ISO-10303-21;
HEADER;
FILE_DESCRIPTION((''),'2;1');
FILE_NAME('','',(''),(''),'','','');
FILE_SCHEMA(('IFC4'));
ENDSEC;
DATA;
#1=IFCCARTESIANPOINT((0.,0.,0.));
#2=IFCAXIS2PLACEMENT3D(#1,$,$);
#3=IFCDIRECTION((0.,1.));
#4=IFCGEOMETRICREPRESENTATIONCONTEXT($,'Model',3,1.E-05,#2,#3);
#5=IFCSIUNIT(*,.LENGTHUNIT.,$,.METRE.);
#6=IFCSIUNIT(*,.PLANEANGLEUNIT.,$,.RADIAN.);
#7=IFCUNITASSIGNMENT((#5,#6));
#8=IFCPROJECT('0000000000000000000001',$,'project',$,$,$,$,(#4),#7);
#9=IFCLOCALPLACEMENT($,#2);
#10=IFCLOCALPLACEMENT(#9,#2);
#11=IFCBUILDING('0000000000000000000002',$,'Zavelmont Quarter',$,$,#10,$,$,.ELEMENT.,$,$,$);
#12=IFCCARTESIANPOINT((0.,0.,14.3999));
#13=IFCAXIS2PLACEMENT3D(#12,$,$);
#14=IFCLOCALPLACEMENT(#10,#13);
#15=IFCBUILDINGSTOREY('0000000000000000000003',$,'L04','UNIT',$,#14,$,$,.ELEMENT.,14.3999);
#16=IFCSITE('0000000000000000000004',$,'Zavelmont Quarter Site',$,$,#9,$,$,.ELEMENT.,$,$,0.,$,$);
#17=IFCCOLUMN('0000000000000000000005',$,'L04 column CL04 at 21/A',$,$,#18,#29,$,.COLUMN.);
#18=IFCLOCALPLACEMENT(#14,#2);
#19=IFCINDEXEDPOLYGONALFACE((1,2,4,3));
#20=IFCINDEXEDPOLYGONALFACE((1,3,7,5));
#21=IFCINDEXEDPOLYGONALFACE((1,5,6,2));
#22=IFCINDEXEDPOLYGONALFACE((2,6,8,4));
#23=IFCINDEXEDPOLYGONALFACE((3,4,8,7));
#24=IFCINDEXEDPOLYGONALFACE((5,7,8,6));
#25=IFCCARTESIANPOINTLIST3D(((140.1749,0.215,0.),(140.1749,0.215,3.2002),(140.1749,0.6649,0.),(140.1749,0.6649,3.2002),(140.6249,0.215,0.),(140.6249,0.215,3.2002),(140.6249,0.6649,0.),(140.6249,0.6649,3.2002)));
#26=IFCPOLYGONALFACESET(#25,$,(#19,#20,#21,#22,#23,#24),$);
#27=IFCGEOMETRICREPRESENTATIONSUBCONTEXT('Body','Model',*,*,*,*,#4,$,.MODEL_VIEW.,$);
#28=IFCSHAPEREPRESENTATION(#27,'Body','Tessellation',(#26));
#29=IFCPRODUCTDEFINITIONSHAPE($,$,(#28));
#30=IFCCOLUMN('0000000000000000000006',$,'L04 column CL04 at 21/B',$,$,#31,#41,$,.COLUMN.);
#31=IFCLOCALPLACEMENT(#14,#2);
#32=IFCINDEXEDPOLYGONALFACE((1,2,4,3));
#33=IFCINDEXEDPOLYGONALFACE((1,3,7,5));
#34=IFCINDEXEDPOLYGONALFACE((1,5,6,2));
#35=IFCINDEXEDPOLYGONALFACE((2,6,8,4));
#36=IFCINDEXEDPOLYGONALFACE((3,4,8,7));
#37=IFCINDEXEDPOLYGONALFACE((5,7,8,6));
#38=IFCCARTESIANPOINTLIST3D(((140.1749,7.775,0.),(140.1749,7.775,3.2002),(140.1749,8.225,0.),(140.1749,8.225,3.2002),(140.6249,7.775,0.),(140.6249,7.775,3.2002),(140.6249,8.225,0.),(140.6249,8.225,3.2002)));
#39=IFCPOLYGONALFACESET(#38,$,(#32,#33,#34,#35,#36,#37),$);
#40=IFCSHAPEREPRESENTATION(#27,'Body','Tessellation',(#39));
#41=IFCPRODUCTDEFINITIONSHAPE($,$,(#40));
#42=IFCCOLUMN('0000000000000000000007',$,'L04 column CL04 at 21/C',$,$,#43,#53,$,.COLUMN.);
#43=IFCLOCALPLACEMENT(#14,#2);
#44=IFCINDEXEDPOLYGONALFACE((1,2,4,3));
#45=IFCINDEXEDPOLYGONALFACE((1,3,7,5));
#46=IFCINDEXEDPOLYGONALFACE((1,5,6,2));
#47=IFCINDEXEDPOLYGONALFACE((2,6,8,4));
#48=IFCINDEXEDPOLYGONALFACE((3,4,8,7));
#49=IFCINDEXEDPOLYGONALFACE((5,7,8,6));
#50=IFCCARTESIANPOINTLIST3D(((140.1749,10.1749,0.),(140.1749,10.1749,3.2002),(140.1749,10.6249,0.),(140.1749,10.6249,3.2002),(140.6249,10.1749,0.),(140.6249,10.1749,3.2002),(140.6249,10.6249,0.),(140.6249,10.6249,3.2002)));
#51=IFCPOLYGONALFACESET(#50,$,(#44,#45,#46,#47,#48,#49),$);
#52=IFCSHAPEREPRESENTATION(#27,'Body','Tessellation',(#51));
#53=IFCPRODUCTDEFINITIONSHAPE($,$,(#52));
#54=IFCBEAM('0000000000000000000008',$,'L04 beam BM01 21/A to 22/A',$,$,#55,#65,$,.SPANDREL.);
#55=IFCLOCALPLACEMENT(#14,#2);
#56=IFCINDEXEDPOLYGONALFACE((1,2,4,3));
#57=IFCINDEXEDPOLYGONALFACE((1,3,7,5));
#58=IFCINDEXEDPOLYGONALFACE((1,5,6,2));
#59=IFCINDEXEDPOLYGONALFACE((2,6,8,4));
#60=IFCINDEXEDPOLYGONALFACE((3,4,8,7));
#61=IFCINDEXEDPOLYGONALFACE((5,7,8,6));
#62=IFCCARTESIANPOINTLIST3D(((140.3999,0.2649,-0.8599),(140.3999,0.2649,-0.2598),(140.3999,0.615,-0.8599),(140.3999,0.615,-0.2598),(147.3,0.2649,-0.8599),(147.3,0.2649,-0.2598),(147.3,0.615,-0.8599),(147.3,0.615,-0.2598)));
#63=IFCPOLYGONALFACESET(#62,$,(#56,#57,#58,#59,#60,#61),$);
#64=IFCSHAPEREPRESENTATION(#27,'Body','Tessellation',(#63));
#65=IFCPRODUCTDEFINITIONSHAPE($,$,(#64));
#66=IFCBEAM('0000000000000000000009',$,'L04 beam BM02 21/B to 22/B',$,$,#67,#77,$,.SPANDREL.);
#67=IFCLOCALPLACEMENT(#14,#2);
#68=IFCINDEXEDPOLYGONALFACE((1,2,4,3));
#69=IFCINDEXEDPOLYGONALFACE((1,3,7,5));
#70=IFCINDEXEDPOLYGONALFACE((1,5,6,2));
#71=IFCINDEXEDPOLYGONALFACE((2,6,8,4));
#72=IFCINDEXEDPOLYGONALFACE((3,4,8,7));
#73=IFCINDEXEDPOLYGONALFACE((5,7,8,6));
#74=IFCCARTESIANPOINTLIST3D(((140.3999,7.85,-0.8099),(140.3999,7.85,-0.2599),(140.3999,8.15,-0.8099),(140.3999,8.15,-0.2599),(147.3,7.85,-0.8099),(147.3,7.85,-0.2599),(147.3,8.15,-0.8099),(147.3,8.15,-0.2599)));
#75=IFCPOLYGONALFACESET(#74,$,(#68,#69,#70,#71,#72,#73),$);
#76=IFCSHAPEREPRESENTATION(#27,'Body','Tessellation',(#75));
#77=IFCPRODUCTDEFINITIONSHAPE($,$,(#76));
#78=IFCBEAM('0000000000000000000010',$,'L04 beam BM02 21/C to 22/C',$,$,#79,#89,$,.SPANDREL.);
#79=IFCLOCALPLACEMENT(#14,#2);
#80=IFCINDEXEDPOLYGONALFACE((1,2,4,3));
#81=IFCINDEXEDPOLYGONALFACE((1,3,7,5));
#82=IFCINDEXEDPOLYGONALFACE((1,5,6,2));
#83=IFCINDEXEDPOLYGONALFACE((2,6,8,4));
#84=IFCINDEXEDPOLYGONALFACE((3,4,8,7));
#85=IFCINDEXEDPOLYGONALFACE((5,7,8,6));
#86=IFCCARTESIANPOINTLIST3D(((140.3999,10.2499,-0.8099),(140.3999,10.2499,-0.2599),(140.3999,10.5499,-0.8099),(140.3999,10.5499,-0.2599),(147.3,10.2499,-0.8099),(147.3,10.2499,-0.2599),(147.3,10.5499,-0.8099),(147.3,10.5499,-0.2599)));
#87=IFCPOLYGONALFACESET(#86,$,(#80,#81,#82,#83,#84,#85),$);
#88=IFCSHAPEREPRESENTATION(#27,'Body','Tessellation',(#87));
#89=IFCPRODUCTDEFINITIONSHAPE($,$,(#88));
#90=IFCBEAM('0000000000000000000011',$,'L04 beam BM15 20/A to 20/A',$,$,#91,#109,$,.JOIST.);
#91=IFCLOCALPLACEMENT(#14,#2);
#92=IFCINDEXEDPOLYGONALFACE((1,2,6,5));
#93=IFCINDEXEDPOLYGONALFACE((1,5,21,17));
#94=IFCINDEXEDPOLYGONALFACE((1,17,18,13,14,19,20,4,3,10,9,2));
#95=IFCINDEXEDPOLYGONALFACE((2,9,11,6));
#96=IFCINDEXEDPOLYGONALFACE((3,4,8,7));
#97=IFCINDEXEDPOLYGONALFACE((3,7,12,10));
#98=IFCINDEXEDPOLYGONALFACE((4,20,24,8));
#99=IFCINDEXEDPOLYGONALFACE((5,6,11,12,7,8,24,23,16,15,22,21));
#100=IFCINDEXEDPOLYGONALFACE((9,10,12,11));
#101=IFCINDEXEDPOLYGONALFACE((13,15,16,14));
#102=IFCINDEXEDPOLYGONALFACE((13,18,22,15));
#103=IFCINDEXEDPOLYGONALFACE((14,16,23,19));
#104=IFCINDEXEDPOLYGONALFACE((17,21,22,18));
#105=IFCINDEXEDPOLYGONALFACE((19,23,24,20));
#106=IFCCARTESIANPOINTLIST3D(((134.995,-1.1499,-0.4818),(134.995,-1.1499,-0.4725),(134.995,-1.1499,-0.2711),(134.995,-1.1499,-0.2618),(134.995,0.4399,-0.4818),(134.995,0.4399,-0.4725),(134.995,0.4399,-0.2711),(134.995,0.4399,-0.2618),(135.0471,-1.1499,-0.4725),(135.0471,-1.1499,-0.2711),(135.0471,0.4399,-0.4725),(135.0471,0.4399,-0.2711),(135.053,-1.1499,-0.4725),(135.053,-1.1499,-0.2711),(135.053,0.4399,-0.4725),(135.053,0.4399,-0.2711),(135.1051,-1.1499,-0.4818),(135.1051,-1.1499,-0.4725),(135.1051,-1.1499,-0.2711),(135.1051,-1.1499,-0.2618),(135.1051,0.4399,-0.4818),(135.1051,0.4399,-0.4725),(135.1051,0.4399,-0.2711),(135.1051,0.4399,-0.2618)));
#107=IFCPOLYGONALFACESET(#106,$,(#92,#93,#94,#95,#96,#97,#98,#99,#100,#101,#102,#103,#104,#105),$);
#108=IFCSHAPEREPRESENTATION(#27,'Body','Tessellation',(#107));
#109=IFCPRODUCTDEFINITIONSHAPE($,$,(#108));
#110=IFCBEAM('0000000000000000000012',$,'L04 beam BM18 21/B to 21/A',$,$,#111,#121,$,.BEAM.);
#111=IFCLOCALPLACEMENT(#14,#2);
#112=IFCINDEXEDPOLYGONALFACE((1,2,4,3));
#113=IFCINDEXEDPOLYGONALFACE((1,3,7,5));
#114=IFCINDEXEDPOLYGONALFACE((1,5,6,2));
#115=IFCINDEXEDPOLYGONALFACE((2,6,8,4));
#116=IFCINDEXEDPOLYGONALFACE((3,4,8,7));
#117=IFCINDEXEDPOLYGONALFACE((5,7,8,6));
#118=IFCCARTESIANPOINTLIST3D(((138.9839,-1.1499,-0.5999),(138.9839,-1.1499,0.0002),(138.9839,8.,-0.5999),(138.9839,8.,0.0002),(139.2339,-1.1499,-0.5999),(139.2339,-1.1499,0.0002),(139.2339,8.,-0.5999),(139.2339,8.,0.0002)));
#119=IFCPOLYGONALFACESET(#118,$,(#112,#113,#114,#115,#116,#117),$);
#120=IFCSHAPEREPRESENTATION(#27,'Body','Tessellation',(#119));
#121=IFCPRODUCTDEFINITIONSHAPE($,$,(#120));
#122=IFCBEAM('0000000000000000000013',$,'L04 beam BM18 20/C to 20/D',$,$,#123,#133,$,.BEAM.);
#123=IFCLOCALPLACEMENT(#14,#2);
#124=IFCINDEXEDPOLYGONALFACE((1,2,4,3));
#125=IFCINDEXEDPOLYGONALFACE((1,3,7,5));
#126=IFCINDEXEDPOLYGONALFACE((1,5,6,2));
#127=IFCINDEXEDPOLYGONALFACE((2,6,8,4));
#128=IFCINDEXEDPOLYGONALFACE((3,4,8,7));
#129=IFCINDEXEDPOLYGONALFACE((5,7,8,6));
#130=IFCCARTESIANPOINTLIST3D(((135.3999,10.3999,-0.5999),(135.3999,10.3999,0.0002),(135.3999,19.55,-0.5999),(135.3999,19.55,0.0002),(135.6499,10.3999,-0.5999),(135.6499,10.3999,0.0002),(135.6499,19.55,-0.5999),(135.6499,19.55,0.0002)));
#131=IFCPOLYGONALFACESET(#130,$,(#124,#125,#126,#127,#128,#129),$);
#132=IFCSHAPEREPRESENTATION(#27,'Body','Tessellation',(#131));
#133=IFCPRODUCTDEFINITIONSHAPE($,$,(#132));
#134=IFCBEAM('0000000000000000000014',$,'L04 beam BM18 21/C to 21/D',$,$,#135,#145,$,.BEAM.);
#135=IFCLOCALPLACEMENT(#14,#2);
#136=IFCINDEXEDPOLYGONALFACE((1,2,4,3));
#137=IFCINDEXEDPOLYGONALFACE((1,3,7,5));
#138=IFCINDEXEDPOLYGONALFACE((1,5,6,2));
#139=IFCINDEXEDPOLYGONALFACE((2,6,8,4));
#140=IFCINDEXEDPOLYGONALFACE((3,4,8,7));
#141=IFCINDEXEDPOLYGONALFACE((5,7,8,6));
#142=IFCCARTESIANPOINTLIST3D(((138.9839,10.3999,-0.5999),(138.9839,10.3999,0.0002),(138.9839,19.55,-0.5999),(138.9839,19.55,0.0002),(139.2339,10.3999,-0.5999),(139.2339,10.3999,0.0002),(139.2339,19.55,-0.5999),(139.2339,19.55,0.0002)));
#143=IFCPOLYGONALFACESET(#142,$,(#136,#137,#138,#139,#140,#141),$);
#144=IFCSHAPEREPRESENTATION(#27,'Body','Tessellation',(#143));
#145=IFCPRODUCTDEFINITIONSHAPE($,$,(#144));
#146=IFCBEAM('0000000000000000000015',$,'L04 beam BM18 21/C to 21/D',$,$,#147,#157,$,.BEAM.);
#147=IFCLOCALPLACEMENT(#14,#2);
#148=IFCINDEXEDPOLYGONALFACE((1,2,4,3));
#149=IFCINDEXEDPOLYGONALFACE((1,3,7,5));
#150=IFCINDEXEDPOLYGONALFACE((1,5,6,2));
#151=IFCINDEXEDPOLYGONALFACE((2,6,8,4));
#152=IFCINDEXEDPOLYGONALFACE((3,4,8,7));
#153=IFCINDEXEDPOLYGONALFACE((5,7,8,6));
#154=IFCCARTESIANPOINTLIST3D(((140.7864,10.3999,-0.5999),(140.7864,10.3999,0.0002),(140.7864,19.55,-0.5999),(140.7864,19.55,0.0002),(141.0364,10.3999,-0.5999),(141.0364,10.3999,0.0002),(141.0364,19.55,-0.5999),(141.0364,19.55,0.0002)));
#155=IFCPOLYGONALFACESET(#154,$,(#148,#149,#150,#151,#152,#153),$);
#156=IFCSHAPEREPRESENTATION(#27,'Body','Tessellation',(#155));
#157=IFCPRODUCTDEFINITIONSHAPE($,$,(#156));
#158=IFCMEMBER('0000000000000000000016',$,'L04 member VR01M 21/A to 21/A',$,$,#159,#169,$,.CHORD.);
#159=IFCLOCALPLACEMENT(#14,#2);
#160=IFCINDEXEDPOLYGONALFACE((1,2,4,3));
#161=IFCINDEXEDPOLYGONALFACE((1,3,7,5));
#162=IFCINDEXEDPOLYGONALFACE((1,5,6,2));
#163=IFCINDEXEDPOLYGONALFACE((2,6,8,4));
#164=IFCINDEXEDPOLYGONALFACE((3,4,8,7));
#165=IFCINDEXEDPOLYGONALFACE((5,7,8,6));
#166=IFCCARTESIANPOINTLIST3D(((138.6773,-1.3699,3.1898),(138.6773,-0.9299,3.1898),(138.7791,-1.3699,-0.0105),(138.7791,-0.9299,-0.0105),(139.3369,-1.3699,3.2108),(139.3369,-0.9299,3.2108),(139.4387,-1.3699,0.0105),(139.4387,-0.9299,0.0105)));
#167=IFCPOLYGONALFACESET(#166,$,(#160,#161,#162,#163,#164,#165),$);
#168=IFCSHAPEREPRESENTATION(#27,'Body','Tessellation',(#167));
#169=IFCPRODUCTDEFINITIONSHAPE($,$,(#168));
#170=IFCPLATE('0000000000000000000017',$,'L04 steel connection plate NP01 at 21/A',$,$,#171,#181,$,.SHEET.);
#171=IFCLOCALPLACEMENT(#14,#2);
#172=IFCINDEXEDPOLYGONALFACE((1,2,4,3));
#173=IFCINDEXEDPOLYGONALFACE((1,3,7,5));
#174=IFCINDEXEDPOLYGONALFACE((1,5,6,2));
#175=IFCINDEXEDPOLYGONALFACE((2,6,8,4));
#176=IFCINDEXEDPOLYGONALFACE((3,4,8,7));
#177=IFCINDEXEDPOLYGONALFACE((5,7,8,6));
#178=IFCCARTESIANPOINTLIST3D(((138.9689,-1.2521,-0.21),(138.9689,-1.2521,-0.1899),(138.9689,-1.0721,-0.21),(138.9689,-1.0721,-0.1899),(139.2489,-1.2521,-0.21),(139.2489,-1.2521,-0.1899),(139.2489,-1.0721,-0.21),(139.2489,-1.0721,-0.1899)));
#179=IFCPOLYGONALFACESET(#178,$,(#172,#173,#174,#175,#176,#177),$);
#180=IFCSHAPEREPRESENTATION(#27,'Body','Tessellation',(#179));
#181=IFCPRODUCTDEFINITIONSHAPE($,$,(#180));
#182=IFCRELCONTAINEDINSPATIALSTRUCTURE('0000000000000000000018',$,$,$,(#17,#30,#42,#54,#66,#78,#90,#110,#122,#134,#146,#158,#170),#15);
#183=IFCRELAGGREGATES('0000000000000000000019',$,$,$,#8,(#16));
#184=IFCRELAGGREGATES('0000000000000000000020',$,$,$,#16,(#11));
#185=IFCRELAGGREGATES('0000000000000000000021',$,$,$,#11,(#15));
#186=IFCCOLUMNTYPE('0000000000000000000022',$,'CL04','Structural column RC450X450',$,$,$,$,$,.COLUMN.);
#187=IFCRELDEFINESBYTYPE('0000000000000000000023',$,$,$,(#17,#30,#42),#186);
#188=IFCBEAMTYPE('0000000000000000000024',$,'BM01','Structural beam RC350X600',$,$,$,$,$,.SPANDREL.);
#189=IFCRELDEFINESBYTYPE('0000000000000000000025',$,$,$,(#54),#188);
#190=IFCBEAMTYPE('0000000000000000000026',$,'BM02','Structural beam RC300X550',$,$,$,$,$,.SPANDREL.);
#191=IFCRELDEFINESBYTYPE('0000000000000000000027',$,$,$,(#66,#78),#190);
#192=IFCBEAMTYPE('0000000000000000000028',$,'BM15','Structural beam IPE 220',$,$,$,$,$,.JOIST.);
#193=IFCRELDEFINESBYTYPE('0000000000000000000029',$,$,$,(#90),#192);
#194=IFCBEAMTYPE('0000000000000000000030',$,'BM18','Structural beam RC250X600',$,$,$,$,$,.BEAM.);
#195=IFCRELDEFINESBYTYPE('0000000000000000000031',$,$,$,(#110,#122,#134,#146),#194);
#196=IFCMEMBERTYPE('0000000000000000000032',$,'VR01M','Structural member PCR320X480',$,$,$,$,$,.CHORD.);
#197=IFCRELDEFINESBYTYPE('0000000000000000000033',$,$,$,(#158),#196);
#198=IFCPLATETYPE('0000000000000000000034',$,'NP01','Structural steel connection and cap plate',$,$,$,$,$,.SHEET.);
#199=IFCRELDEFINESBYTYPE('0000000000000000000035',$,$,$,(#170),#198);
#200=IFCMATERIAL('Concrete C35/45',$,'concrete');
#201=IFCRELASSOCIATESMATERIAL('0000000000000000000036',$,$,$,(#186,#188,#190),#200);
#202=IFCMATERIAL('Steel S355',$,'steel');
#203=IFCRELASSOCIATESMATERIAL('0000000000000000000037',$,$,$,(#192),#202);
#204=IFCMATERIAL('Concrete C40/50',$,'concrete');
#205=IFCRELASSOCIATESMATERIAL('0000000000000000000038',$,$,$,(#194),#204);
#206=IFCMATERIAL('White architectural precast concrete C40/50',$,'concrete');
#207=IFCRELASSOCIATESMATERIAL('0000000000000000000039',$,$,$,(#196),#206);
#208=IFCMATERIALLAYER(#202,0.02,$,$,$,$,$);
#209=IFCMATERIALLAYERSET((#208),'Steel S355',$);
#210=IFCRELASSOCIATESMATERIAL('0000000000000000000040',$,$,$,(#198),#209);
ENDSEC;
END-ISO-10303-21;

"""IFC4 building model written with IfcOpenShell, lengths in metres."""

from ifc_helpers import new_model, si_unit, direction, frame, origin, origin_2d, place, context, subcontext, project, spatial, rectangle, i_section, extrude, material, layer, layer_set, material_profile, profile_set, type_object, element, save


model = new_model("IFC4")

# Units and contexts
model_context = context("Model", 3, precision=1e-05, world=origin(), true_north=direction((0.0, 1.0)))
body_context = subcontext(model_context, "Body", "Model", "MODEL_VIEW")
ifc_project = project(units=[si_unit("LENGTHUNIT", "METRE"), si_unit("PLANEANGLEUNIT", "RADIAN")], contexts=[model_context])

# Site, building, storey
site_placement = place(None, origin())
site = spatial("IfcSite", under=ifc_project, at=site_placement, Name="Zavelmont Quarter Site", CompositionType="ELEMENT", RefElevation=0.0)
building_placement = place(site_placement, origin())
building = spatial("IfcBuilding", under=site, at=building_placement, Name="Zavelmont Quarter", CompositionType="ELEMENT")
storey_placement = place(building_placement, frame((0.0, 0.0, 14.3999)))
storey = spatial("IfcBuildingStorey", under=building, at=storey_placement, Name="L04", Description="UNIT", CompositionType="ELEMENT", Elevation=14.3999)

# Columns
ifc_material_1 = material(Name="Concrete C35/45", Category="concrete")
ifc_material_profile_1 = material_profile(ifc_material_1, rectangle(XDim=0.45, YDim=0.45, at=origin_2d()), Name="RC450X450")
ifc_profile_set_1 = profile_set([ifc_material_profile_1], Name="Concrete C35/45")
column_type = type_object("IfcColumnType", Name="CL04", Description="Structural column RC450X450", PredefinedType="COLUMN", material=ifc_profile_set_1)
for number, where, z_axis, x_axis, name in (
    (1, (140.3999, 0.4399, 0.0), (0.0, 0.0, 1.0), (1.0, 0.0, 0.0), "L04 column CL04 at 21/A"),
    (2, (140.3999, 8.0, 0.0), (0.0, 0.0, 1.0), (1.0, 0.0, 0.0), "L04 column CL04 at 21/B"),
    (3, (140.3999, 10.3999, 0.0), (0.0, 0.0, 1.0), (1.0, 0.0, 0.0), "L04 column CL04 at 21/C"),
):
    element("IfcColumn", number, at=place(storey_placement, frame(where, z_axis=z_axis, x_axis=x_axis)), inside=storey, type_object=column_type, Name=name, PredefinedType="COLUMN", context=body_context, shape_type="SweptSolid", body=[
        extrude(rectangle(XDim=0.45, YDim=0.45, at=origin_2d()), origin(), (0.0, 0.0, 1.0), 3.2002),
    ])

# Beams
ifc_material_profile_2 = material_profile(ifc_material_1, rectangle(XDim=0.3501, YDim=0.6001, at=origin_2d()), Name="RC350X600")
ifc_profile_set_2 = profile_set([ifc_material_profile_2], Name="Concrete C35/45")
beam_type_1 = type_object("IfcBeamType", Name="BM01", Description="Structural beam RC350X600", PredefinedType="SPANDREL", material=ifc_profile_set_2)
beam_1_placement = place(storey_placement, frame((140.3999, 0.4399, -0.5598), z_axis=(1.0, 0.0, 0.0), x_axis=(0.0, 1.0, 0.0)))
element("IfcBeam", 4, at=beam_1_placement, inside=storey, type_object=beam_type_1, Name="L04 beam BM01 21/A to 22/A", PredefinedType="SPANDREL", context=body_context, shape_type="SweptSolid", body=[
    extrude(rectangle(XDim=0.3501, YDim=0.6001, at=origin_2d()), origin(), (0.0, 0.0, 1.0), 6.9001),
])
ifc_material_profile_3 = material_profile(ifc_material_1, rectangle(XDim=0.3, YDim=0.55, at=origin_2d()), Name="RC300X550")
ifc_profile_set_3 = profile_set([ifc_material_profile_3], Name="Concrete C35/45")
beam_type_2 = type_object("IfcBeamType", Name="BM02", Description="Structural beam RC300X550", PredefinedType="SPANDREL", material=ifc_profile_set_3)
for number, where, z_axis, x_axis, name in (
    (5, (140.3999, 8.0, -0.5349), (1.0, 0.0, 0.0), (0.0, 1.0, 0.0), "L04 beam BM02 21/B to 22/B"),
    (6, (140.3999, 10.3999, -0.5349), (1.0, 0.0, 0.0), (0.0, 1.0, 0.0), "L04 beam BM02 21/C to 22/C"),
):
    element("IfcBeam", number, at=place(storey_placement, frame(where, z_axis=z_axis, x_axis=x_axis)), inside=storey, type_object=beam_type_2, Name=name, PredefinedType="SPANDREL", context=body_context, shape_type="SweptSolid", body=[
        extrude(rectangle(XDim=0.3, YDim=0.55, at=origin_2d()), origin(), (0.0, 0.0, 1.0), 6.9001),
    ])
ifc_material_2 = material(Name="Steel S355", Category="steel")
ifc_material_profile_4 = material_profile(ifc_material_2, i_section(OverallWidth=0.1101, OverallDepth=0.22, WebThickness=0.0059, FlangeThickness=0.0093, at=origin_2d()), Name="IPE 220")
ifc_profile_set_4 = profile_set([ifc_material_profile_4], Name="Steel S355")
beam_type_3 = type_object("IfcBeamType", Name="BM15", Description="Structural beam IPE 220", PredefinedType="JOIST", material=ifc_profile_set_4)
beam_2_placement = place(storey_placement, frame((135.05, 0.4399, -0.3718), z_axis=(0.0, -1.0, 0.0), x_axis=(1.0, 0.0, 0.0)))
element("IfcBeam", 7, at=beam_2_placement, inside=storey, type_object=beam_type_3, Name="L04 beam BM15 20/A to 20/A", PredefinedType="JOIST", context=body_context, shape_type="SweptSolid", body=[
    extrude(i_section(OverallWidth=0.1101, OverallDepth=0.22, WebThickness=0.0059, FlangeThickness=0.0093, at=origin_2d()), origin(), (0.0, 0.0, 1.0), 1.5898),
])
ifc_material_3 = material(Name="Concrete C40/50", Category="concrete")
ifc_material_profile_5 = material_profile(ifc_material_3, rectangle(XDim=0.25, YDim=0.6001, at=origin_2d()), Name="RC250X600")
ifc_profile_set_5 = profile_set([ifc_material_profile_5], Name="Concrete C40/50")
beam_type_4 = type_object("IfcBeamType", Name="BM18", Description="Structural beam RC250X600", PredefinedType="BEAM", material=ifc_profile_set_5)
beam_3_placement = place(storey_placement, frame((139.1089, 8.0, -0.2998), z_axis=(0.0, -1.0, 0.0), x_axis=(1.0, 0.0, 0.0)))
element("IfcBeam", 8, at=beam_3_placement, inside=storey, type_object=beam_type_4, Name="L04 beam BM18 21/B to 21/A", PredefinedType="BEAM", context=body_context, shape_type="SweptSolid", body=[
    extrude(rectangle(XDim=0.25, YDim=0.6001, at=origin_2d()), origin(), (0.0, 0.0, 1.0), 9.1499),
])
for number, where, z_axis, x_axis, name in (
    (9, (135.5249, 10.3999, -0.2998), (0.0, 1.0, 0.0), (-1.0, 0.0, 0.0), "L04 beam BM18 20/C to 20/D"),
    (10, (139.1089, 10.3999, -0.2998), (0.0, 1.0, 0.0), (-1.0, 0.0, 0.0), "L04 beam BM18 21/C to 21/D"),
    (11, (140.9114, 10.3999, -0.2998), (0.0, 1.0, 0.0), (-1.0, 0.0, 0.0), "L04 beam BM18 21/C to 21/D"),
):
    element("IfcBeam", number, at=place(storey_placement, frame(where, z_axis=z_axis, x_axis=x_axis)), inside=storey, type_object=beam_type_4, Name=name, PredefinedType="BEAM", context=body_context, shape_type="SweptSolid", body=[
        extrude(rectangle(XDim=0.25, YDim=0.6001, at=origin_2d()), origin(), (0.0, 0.0, 1.0), 9.1501),
    ])

# Member
ifc_material_4 = material(Name="White architectural precast concrete C40/50", Category="concrete")
ifc_material_profile_6 = material_profile(ifc_material_4, rectangle(XDim=0.4399, YDim=0.6599, at=origin_2d()), Name="PCR320X480")
ifc_profile_set_6 = profile_set([ifc_material_profile_6], Name="White architectural precast concrete C40/50")
member_type = type_object("IfcMemberType", Name="VR01M", Description="Structural member PCR320X480", PredefinedType="CHORD", material=ifc_profile_set_6)
member_placement = place(storey_placement, frame((139.1089, -1.1499, 0.0), z_axis=(-0.031797, 0.0, 0.999494), x_axis=(0.0, -1.0, 0.0)))
element("IfcMember", 12, at=member_placement, inside=storey, type_object=member_type, Name="L04 member VR01M 21/A to 21/A", PredefinedType="CHORD", context=body_context, shape_type="SweptSolid", body=[
    extrude(rectangle(XDim=0.4399, YDim=0.6599, at=origin_2d()), origin(), (0.0, 0.0, 1.0), 3.2019),
])

# Plate
ifc_layer_1 = layer(ifc_material_2, 0.02)
ifc_layer_set_1 = layer_set([ifc_layer_1], Name="Steel S355")
plate_type = type_object("IfcPlateType", Name="NP01", Description="Structural steel connection and cap plate", PredefinedType="SHEET", material=ifc_layer_set_1)
plate_placement = place(storey_placement, frame((139.1089, -1.1621, -0.21), z_axis=(0.0, 0.0, 1.0), x_axis=(1.0, 0.0, 0.0)))
element("IfcPlate", 13, at=plate_placement, inside=storey, type_object=plate_type, Name="L04 steel connection plate NP01 at 21/A", PredefinedType="SHEET", context=body_context, shape_type="SweptSolid", body=[
    extrude(rectangle(XDim=0.28, YDim=0.1799, at=origin_2d()), origin(), (0.0, 0.0, 1.0), 0.02),
])

save(model, "model.ifc")
